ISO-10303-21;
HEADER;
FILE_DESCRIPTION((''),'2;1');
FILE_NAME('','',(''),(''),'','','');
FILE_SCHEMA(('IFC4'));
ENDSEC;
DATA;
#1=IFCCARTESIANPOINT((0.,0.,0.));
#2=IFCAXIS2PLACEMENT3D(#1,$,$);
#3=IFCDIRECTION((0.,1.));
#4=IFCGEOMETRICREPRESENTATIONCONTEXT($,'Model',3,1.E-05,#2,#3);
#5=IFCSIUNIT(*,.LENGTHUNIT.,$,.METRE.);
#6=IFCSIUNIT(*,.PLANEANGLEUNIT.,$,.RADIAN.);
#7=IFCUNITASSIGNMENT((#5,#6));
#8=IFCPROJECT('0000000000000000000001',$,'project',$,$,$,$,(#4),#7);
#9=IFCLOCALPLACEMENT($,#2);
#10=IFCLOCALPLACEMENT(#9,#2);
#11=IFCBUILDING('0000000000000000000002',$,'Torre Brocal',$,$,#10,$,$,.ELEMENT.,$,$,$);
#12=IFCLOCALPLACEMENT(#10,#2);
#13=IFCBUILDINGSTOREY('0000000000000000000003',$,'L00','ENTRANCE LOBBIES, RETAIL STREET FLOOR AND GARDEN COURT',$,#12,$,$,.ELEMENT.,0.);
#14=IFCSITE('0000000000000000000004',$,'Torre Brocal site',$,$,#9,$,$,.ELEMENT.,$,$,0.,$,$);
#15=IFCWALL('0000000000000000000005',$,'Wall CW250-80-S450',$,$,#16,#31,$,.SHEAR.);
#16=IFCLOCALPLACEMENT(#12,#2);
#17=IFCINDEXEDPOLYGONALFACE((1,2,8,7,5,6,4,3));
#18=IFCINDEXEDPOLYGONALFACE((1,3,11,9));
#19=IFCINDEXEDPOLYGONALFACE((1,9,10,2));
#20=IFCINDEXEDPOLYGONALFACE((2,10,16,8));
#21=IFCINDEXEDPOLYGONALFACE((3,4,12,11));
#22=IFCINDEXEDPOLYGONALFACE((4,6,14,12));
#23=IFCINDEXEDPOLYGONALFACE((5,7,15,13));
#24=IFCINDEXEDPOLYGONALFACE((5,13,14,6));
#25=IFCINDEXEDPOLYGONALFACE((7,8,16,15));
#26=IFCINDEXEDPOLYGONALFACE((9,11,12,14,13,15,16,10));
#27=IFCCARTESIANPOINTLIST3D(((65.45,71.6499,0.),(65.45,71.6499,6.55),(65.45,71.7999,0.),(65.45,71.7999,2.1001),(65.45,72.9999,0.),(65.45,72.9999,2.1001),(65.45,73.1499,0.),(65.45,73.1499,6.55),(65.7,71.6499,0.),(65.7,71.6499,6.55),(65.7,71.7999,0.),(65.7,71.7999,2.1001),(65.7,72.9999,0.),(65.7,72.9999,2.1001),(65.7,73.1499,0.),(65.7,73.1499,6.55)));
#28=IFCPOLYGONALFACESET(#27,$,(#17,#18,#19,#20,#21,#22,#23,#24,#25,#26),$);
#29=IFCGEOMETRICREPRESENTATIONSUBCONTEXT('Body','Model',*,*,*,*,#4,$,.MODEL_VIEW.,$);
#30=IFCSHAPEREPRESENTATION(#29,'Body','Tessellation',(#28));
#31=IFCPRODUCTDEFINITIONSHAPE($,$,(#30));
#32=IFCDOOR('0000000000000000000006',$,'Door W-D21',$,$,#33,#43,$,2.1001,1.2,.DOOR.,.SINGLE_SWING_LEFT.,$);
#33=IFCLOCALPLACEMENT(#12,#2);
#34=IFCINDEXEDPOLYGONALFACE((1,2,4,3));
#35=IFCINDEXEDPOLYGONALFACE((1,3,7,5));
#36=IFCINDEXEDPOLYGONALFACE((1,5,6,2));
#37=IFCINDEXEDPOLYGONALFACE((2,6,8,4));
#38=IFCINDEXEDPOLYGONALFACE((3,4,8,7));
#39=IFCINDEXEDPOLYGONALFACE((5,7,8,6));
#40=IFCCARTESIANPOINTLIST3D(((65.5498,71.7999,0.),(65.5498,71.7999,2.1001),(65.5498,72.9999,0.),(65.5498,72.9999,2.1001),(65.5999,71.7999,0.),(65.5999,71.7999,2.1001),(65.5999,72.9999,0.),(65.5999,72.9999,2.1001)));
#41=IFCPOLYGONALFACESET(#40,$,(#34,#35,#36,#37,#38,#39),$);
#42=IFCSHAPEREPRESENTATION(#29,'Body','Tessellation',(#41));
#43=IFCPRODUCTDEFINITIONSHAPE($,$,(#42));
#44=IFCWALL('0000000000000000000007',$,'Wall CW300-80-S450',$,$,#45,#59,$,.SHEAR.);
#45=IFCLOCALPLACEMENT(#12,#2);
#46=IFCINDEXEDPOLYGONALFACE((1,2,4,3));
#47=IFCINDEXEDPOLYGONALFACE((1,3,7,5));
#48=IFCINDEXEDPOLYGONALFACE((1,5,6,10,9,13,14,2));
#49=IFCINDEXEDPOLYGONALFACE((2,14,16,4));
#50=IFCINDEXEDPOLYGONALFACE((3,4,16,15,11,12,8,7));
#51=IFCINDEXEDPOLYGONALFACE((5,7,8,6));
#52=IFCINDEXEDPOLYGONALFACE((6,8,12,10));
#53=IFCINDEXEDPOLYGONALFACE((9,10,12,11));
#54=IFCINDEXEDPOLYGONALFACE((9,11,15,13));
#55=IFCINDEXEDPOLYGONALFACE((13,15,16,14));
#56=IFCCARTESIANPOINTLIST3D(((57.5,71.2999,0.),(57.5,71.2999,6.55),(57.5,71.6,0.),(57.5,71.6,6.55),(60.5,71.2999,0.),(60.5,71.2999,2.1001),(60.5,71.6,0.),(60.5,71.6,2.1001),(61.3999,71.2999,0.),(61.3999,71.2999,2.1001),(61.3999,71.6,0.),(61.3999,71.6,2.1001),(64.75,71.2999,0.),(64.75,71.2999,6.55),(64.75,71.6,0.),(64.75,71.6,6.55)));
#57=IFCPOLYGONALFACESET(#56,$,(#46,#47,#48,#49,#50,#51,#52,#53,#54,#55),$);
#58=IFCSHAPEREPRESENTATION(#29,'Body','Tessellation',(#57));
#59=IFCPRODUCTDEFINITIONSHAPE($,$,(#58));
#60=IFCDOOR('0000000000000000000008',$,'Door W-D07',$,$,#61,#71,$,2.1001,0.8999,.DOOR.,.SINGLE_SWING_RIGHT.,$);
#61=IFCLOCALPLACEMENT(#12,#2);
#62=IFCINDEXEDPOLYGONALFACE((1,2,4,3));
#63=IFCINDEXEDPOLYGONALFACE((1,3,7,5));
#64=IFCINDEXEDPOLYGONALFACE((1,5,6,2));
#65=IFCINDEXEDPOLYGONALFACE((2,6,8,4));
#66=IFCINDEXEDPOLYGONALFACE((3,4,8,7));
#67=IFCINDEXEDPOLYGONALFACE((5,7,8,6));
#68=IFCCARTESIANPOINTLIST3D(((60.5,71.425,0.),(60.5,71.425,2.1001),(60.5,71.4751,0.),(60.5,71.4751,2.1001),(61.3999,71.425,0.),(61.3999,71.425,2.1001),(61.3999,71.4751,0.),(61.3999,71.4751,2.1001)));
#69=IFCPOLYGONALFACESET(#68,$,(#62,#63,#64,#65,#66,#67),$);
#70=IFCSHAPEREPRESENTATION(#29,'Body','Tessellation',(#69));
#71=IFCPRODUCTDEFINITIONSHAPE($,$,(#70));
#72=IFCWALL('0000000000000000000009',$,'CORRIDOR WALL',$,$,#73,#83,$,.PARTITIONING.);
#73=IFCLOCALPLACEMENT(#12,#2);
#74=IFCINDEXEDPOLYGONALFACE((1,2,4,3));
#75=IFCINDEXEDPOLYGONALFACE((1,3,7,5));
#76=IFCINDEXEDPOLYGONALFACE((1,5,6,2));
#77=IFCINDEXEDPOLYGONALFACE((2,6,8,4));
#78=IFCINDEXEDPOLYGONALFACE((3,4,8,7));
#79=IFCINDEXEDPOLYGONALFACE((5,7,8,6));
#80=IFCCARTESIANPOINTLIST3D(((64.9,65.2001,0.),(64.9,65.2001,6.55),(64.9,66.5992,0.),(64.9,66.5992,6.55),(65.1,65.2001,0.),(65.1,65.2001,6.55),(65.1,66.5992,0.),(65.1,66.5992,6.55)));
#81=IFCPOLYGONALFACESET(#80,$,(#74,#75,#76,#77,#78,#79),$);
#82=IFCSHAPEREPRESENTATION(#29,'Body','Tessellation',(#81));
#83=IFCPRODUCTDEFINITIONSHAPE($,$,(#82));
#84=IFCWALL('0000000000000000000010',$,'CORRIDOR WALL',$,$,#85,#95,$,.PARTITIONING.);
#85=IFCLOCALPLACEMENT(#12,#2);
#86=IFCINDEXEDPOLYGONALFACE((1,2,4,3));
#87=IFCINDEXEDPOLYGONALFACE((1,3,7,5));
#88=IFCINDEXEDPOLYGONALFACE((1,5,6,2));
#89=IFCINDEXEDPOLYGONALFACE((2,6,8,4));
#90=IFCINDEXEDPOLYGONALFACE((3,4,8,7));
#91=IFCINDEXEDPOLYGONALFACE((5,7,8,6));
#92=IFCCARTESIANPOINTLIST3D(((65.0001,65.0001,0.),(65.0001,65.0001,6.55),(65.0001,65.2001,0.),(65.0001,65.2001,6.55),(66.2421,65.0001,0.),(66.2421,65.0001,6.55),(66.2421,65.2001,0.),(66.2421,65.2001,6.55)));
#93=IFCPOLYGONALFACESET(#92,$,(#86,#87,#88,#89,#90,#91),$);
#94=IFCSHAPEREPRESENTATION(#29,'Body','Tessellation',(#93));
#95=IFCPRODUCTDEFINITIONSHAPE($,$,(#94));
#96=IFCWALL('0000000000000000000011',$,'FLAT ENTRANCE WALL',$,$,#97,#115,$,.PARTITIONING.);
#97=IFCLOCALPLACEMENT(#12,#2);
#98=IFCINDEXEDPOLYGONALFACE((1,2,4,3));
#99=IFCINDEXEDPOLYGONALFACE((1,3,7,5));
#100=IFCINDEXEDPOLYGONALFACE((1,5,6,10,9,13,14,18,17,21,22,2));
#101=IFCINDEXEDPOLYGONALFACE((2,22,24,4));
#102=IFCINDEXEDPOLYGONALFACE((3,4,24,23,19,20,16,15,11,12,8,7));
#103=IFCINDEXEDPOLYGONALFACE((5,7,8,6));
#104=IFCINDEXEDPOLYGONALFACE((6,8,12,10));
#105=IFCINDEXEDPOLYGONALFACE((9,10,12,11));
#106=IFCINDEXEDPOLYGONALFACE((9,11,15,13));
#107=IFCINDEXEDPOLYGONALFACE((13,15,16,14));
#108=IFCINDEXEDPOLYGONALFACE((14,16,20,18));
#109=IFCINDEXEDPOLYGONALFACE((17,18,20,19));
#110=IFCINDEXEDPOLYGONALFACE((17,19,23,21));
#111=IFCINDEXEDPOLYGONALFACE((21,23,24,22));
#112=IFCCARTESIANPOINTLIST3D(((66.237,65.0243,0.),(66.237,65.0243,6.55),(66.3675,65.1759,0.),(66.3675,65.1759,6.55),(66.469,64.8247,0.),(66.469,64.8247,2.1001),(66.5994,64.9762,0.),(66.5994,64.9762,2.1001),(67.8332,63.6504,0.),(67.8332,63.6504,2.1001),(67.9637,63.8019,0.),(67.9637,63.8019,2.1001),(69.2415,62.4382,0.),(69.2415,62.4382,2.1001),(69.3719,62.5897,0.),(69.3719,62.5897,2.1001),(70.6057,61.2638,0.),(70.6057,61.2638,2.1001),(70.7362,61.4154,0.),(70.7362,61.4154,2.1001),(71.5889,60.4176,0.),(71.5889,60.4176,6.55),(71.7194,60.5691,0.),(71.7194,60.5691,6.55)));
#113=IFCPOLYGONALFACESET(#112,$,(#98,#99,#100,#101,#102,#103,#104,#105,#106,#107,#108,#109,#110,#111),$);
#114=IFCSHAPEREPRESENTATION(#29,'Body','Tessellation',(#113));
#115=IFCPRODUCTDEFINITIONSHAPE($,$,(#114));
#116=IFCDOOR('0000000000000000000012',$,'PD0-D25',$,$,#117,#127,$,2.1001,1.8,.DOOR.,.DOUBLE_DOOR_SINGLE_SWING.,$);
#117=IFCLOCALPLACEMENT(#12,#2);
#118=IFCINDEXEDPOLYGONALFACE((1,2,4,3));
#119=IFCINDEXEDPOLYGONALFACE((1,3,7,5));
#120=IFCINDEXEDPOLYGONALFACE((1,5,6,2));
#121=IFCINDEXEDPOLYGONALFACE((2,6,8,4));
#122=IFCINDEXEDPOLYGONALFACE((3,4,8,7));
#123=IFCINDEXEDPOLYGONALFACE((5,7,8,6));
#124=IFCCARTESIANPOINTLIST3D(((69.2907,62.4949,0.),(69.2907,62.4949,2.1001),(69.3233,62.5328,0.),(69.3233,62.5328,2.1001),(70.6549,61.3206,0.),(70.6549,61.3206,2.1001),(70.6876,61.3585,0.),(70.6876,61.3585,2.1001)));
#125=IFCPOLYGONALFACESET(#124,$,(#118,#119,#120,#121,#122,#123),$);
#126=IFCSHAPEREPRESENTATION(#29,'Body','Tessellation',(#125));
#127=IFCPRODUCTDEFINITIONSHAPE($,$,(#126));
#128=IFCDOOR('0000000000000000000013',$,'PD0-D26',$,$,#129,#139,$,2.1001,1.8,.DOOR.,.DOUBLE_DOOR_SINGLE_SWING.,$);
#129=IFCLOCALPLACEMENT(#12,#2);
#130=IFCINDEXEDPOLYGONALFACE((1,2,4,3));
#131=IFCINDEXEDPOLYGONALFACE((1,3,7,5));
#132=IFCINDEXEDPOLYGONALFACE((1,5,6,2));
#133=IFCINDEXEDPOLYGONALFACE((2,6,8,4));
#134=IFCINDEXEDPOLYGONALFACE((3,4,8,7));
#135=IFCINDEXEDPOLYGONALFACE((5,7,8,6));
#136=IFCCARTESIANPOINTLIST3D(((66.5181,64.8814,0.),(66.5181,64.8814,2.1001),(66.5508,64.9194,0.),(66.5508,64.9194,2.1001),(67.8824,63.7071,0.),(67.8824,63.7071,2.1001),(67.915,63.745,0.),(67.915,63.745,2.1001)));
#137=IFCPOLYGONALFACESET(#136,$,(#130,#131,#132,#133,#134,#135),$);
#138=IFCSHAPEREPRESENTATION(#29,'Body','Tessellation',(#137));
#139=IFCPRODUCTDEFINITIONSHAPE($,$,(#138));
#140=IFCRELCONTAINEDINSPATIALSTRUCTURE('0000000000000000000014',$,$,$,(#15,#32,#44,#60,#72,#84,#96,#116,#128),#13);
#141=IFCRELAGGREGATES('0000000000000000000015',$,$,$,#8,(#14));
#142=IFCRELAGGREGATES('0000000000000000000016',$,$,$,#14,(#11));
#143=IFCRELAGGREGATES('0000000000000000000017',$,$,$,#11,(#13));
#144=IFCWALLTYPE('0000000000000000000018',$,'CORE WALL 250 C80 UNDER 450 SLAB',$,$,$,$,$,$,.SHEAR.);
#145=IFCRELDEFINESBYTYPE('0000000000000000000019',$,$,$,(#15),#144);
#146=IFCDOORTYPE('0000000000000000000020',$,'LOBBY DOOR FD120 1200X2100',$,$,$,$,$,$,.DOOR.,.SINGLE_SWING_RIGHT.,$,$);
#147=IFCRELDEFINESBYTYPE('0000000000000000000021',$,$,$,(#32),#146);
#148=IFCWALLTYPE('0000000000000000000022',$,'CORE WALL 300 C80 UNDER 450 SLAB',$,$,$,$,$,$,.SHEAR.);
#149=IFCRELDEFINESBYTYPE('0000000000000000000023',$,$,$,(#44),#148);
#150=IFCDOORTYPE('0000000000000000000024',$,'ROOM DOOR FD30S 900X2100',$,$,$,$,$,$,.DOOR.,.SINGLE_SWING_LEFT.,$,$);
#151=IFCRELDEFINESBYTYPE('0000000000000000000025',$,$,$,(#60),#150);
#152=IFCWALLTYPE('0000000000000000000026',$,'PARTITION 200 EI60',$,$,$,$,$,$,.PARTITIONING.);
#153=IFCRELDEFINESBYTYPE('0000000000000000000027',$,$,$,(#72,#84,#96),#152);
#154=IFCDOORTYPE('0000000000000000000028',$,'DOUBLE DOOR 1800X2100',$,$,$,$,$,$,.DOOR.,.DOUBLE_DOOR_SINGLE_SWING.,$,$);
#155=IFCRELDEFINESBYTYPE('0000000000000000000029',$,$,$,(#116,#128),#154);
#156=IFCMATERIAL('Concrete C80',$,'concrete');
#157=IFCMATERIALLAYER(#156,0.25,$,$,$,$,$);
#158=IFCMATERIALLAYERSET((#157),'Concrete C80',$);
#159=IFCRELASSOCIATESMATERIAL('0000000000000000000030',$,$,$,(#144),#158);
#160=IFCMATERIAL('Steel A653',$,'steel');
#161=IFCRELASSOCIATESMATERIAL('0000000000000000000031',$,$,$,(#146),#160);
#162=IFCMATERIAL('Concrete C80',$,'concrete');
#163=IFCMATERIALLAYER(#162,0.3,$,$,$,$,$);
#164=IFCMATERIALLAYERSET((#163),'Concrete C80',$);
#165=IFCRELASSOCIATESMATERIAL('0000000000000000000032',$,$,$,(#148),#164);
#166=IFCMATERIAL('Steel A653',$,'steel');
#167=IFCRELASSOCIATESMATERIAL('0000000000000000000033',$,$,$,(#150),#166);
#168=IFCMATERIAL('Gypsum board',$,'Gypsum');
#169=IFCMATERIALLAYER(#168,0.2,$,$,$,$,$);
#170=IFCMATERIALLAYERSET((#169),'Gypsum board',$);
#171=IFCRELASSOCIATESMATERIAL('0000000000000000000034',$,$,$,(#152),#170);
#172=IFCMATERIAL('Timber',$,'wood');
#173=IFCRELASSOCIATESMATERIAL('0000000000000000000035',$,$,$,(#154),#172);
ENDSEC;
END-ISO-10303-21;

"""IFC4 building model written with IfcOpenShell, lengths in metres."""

from ifc_helpers import new_model, si_unit, direction, frame, frame_2d, origin, place, context, subcontext, project, spatial, rectangle, extrude, material, layer, layer_set, type_object, element, fill, save


model = new_model("IFC4")

# Units and contexts
model_context = context("Model", 3, precision=1e-05, world=origin(), true_north=direction((0.0, 1.0)))
body_context = subcontext(model_context, "Body", "Model", "MODEL_VIEW")
ifc_project = project(units=[si_unit("LENGTHUNIT", "METRE"), si_unit("PLANEANGLEUNIT", "RADIAN")], contexts=[model_context])

# Site, building, storey
site_placement = place(None, origin())
site = spatial("IfcSite", under=ifc_project, at=site_placement, Name="Torre Brocal site", CompositionType="ELEMENT", RefElevation=0.0)
building_placement = place(site_placement, origin())
building = spatial("IfcBuilding", under=site, at=building_placement, Name="Torre Brocal", CompositionType="ELEMENT")
storey_placement = place(building_placement, origin())
storey = spatial("IfcBuildingStorey", under=building, at=storey_placement, Name="L00", Description="ENTRANCE LOBBIES, RETAIL STREET FLOOR AND GARDEN COURT", CompositionType="ELEMENT", Elevation=0.0)

# Shared definitions
ifc_material_1 = material(Name="Concrete C80", Category="concrete")
ifc_layer_1 = layer(ifc_material_1, 0.25)
ifc_layer_set_1 = layer_set([ifc_layer_1], Name="Concrete C80")
wall_type_1 = type_object("IfcWallType", Name="CORE WALL 250 C80 UNDER 450 SLAB", PredefinedType="SHEAR", material=ifc_layer_set_1)

# Walls, openings, doors
wall_1_placement = place(storey_placement, frame((65.575, 73.1499, 0.0), z_axis=(0.0, 0.0, 1.0), x_axis=(0.0, -1.0, 0.0)))
wall_1 = element("IfcWall", 1, at=wall_1_placement, inside=storey, type_object=wall_type_1, Name="Wall CW250-80-S450", PredefinedType="SHEAR", context=body_context, shape_type="SweptSolid", body=[
    extrude(rectangle(XDim=1.5, YDim=0.25, at=frame_2d((0.75, 0.0))), origin(), (0.0, 0.0, 1.0), 6.55),
])
opening_1_placement = place(wall_1_placement, frame((0.1499, 0.0, 0.0)))
opening_1 = element("IfcOpeningElement", 2, at=opening_1_placement, cuts=wall_1, PredefinedType="OPENING", context=body_context, shape_type="SweptSolid", body=[
    extrude(rectangle(XDim=1.2, YDim=2.1001, at=frame_2d((0.6001, 1.05))), frame((0.0, 0.135, 0.0), z_axis=(0.0, -1.0, 0.0), x_axis=(1.0, 0.0, 0.0)), (0.0, 0.0, 1.0), 0.27),
])
ifc_material_2 = material(Name="Steel A653", Category="steel")
door_type_1 = type_object("IfcDoorType", Name="LOBBY DOOR FD120 1200X2100", OperationType="SINGLE_SWING_RIGHT", PredefinedType="DOOR", material=ifc_material_2)
door_1_placement = place(opening_1_placement, origin())
door_1 = element("IfcDoor", 3, at=door_1_placement, inside=storey, type_object=door_type_1, Name="Door W-D21", OperationType="SINGLE_SWING_LEFT", OverallHeight=2.1001, OverallWidth=1.2, PredefinedType="DOOR", context=body_context, shape_type="SweptSolid", body=[
    extrude(rectangle(XDim=1.2, YDim=2.1001, at=frame_2d((0.6001, 1.05))), frame((0.0, 0.0249, 0.0), z_axis=(0.0, -1.0, 0.0), x_axis=(1.0, 0.0, 0.0)), (0.0, 0.0, 1.0), 0.05),
])
fill(opening_1, door_1)
ifc_material_3 = material(Name="Concrete C80", Category="concrete")
ifc_layer_2 = layer(ifc_material_3, 0.3)
ifc_layer_set_2 = layer_set([ifc_layer_2], Name="Concrete C80")
wall_type_2 = type_object("IfcWallType", Name="CORE WALL 300 C80 UNDER 450 SLAB", PredefinedType="SHEAR", material=ifc_layer_set_2)
wall_2_placement = place(storey_placement, frame((64.75, 71.45, 0.0), z_axis=(0.0, 0.0, 1.0), x_axis=(-1.0, 0.0, 0.0)))
wall_2 = element("IfcWall", 4, at=wall_2_placement, inside=storey, type_object=wall_type_2, Name="Wall CW300-80-S450", PredefinedType="SHEAR", context=body_context, shape_type="SweptSolid", body=[
    extrude(rectangle(XDim=7.25, YDim=0.3, at=frame_2d((3.625, 0.0))), origin(), (0.0, 0.0, 1.0), 6.55),
])
opening_2_placement = place(wall_2_placement, frame((3.3501, 0.0, 0.0)))
opening_2 = element("IfcOpeningElement", 5, at=opening_2_placement, cuts=wall_2, PredefinedType="OPENING", context=body_context, shape_type="SweptSolid", body=[
    extrude(rectangle(XDim=0.8999, YDim=2.1001, at=frame_2d((0.45, 1.05))), frame((0.0, 0.1599, 0.0), z_axis=(0.0, -1.0, 0.0), x_axis=(1.0, 0.0, 0.0)), (0.0, 0.0, 1.0), 0.3201),
])
ifc_material_4 = material(Name="Steel A653", Category="steel")
door_type_2 = type_object("IfcDoorType", Name="ROOM DOOR FD30S 900X2100", OperationType="SINGLE_SWING_LEFT", PredefinedType="DOOR", material=ifc_material_4)
door_2_placement = place(opening_2_placement, origin())
door_2 = element("IfcDoor", 6, at=door_2_placement, inside=storey, type_object=door_type_2, Name="Door W-D07", OperationType="SINGLE_SWING_RIGHT", OverallHeight=2.1001, OverallWidth=0.8999, PredefinedType="DOOR", context=body_context, shape_type="SweptSolid", body=[
    extrude(rectangle(XDim=0.8999, YDim=2.1001, at=frame_2d((0.45, 1.05))), frame((0.0, 0.0249, 0.0), z_axis=(0.0, -1.0, 0.0), x_axis=(1.0, 0.0, 0.0)), (0.0, 0.0, 1.0), 0.05),
])
fill(opening_2, door_2)

# Walls
ifc_material_5 = material(Name="Gypsum board", Category="Gypsum")
ifc_layer_3 = layer(ifc_material_5, 0.2)
ifc_layer_set_3 = layer_set([ifc_layer_3], Name="Gypsum board")
wall_type_3 = type_object("IfcWallType", Name="PARTITION 200 EI60", PredefinedType="PARTITIONING", material=ifc_layer_set_3)
wall_3_placement = place(storey_placement, frame((65.0, 65.2, 0.0), z_axis=(0.0, 0.0, 1.0), x_axis=(0.0, 1.0, 0.0)))
element("IfcWall", 7, at=wall_3_placement, inside=storey, type_object=wall_type_3, Name="CORRIDOR WALL", PredefinedType="PARTITIONING", context=body_context, shape_type="SweptSolid", body=[
    extrude(rectangle(XDim=1.3992, YDim=0.2, at=frame_2d((0.6997, 0.0))), origin(), (0.0, 0.0, 1.0), 6.55),
])
wall_4_placement = place(storey_placement, frame((65.0, 65.1001, 0.0), z_axis=(0.0, 0.0, 1.0), x_axis=(1.0, 0.0, 0.0)))
element("IfcWall", 8, at=wall_4_placement, inside=storey, type_object=wall_type_3, Name="CORRIDOR WALL", PredefinedType="PARTITIONING", context=body_context, shape_type="SweptSolid", body=[
    extrude(rectangle(XDim=1.2419, YDim=0.2, at=frame_2d((0.6211, 0.0))), origin(), (0.0, 0.0, 1.0), 6.55),
])

# Wall, openings, doors
wall_5_placement = place(storey_placement, frame((66.3022, 65.1001, 0.0), z_axis=(0.0, 0.0, 1.0), x_axis=(0.757896, -0.652376, 0.0)))
wall_5 = element("IfcWall", 9, at=wall_5_placement, inside=storey, type_object=wall_type_3, Name="FLAT ENTRANCE WALL", PredefinedType="PARTITIONING", context=body_context, shape_type="SweptSolid", body=[
    extrude(rectangle(XDim=7.0615, YDim=0.2, at=frame_2d((3.5308, 0.0))), origin(), (0.0, 0.0, 1.0), 6.55),
])
opening_3_placement = place(wall_5_placement, frame((3.9644, 0.0, 0.0)))
opening_3 = element("IfcOpeningElement", 10, at=opening_3_placement, cuts=wall_5, PredefinedType="OPENING", context=body_context, shape_type="SweptSolid", body=[
    extrude(rectangle(XDim=1.8, YDim=2.1001, at=frame_2d((0.8999, 1.05))), frame((0.0, 0.1099, 0.0), z_axis=(0.0, -1.0, 0.0), x_axis=(1.0, 0.0, 0.0)), (0.0, 0.0, 1.0), 0.22),
])
opening_4_placement = place(wall_5_placement, frame((0.3062, 0.0, 0.0)))
opening_4 = element("IfcOpeningElement", 11, at=opening_4_placement, cuts=wall_5, PredefinedType="OPENING", context=body_context, shape_type="SweptSolid", body=[
    extrude(rectangle(XDim=1.8, YDim=2.1001, at=frame_2d((0.8999, 1.05))), frame((0.0, 0.1099, 0.0), z_axis=(0.0, -1.0, 0.0), x_axis=(1.0, 0.0, 0.0)), (0.0, 0.0, 1.0), 0.22),
])
ifc_material_6 = material(Name="Timber", Category="wood")
door_type_3 = type_object("IfcDoorType", Name="DOUBLE DOOR 1800X2100", OperationType="DOUBLE_DOOR_SINGLE_SWING", PredefinedType="DOOR", material=ifc_material_6)
door_3_placement = place(opening_3_placement, frame((1.8, 0.0, 0.0), z_axis=(0.0, 0.0, 1.0), x_axis=(-1.0, 0.0, 0.0)))
door_3 = element("IfcDoor", 12, at=door_3_placement, inside=storey, type_object=door_type_3, Name="PD0-D25", OperationType="DOUBLE_DOOR_SINGLE_SWING", OverallHeight=2.1001, OverallWidth=1.8, PredefinedType="DOOR", context=body_context, shape_type="SweptSolid", body=[
    extrude(rectangle(XDim=1.8, YDim=2.1001, at=frame_2d((0.8999, 1.05))), frame((0.0, 0.0249, 0.0), z_axis=(0.0, -1.0, 0.0), x_axis=(1.0, 0.0, 0.0)), (0.0, 0.0, 1.0), 0.05),
])
fill(opening_3, door_3)
door_4_placement = place(opening_4_placement, frame((1.8, 0.0, 0.0), z_axis=(0.0, 0.0, 1.0), x_axis=(-1.0, 0.0, 0.0)))
door_4 = element("IfcDoor", 13, at=door_4_placement, inside=storey, type_object=door_type_3, Name="PD0-D26", OperationType="DOUBLE_DOOR_SINGLE_SWING", OverallHeight=2.1001, OverallWidth=1.8, PredefinedType="DOOR", context=body_context, shape_type="SweptSolid", body=[
    extrude(rectangle(XDim=1.8, YDim=2.1001, at=frame_2d((0.8999, 1.05))), frame((0.0, 0.0249, 0.0), z_axis=(0.0, -1.0, 0.0), x_axis=(1.0, 0.0, 0.0)), (0.0, 0.0, 1.0), 0.05),
])
fill(opening_4, door_4)

save(model, "model.ifc")
